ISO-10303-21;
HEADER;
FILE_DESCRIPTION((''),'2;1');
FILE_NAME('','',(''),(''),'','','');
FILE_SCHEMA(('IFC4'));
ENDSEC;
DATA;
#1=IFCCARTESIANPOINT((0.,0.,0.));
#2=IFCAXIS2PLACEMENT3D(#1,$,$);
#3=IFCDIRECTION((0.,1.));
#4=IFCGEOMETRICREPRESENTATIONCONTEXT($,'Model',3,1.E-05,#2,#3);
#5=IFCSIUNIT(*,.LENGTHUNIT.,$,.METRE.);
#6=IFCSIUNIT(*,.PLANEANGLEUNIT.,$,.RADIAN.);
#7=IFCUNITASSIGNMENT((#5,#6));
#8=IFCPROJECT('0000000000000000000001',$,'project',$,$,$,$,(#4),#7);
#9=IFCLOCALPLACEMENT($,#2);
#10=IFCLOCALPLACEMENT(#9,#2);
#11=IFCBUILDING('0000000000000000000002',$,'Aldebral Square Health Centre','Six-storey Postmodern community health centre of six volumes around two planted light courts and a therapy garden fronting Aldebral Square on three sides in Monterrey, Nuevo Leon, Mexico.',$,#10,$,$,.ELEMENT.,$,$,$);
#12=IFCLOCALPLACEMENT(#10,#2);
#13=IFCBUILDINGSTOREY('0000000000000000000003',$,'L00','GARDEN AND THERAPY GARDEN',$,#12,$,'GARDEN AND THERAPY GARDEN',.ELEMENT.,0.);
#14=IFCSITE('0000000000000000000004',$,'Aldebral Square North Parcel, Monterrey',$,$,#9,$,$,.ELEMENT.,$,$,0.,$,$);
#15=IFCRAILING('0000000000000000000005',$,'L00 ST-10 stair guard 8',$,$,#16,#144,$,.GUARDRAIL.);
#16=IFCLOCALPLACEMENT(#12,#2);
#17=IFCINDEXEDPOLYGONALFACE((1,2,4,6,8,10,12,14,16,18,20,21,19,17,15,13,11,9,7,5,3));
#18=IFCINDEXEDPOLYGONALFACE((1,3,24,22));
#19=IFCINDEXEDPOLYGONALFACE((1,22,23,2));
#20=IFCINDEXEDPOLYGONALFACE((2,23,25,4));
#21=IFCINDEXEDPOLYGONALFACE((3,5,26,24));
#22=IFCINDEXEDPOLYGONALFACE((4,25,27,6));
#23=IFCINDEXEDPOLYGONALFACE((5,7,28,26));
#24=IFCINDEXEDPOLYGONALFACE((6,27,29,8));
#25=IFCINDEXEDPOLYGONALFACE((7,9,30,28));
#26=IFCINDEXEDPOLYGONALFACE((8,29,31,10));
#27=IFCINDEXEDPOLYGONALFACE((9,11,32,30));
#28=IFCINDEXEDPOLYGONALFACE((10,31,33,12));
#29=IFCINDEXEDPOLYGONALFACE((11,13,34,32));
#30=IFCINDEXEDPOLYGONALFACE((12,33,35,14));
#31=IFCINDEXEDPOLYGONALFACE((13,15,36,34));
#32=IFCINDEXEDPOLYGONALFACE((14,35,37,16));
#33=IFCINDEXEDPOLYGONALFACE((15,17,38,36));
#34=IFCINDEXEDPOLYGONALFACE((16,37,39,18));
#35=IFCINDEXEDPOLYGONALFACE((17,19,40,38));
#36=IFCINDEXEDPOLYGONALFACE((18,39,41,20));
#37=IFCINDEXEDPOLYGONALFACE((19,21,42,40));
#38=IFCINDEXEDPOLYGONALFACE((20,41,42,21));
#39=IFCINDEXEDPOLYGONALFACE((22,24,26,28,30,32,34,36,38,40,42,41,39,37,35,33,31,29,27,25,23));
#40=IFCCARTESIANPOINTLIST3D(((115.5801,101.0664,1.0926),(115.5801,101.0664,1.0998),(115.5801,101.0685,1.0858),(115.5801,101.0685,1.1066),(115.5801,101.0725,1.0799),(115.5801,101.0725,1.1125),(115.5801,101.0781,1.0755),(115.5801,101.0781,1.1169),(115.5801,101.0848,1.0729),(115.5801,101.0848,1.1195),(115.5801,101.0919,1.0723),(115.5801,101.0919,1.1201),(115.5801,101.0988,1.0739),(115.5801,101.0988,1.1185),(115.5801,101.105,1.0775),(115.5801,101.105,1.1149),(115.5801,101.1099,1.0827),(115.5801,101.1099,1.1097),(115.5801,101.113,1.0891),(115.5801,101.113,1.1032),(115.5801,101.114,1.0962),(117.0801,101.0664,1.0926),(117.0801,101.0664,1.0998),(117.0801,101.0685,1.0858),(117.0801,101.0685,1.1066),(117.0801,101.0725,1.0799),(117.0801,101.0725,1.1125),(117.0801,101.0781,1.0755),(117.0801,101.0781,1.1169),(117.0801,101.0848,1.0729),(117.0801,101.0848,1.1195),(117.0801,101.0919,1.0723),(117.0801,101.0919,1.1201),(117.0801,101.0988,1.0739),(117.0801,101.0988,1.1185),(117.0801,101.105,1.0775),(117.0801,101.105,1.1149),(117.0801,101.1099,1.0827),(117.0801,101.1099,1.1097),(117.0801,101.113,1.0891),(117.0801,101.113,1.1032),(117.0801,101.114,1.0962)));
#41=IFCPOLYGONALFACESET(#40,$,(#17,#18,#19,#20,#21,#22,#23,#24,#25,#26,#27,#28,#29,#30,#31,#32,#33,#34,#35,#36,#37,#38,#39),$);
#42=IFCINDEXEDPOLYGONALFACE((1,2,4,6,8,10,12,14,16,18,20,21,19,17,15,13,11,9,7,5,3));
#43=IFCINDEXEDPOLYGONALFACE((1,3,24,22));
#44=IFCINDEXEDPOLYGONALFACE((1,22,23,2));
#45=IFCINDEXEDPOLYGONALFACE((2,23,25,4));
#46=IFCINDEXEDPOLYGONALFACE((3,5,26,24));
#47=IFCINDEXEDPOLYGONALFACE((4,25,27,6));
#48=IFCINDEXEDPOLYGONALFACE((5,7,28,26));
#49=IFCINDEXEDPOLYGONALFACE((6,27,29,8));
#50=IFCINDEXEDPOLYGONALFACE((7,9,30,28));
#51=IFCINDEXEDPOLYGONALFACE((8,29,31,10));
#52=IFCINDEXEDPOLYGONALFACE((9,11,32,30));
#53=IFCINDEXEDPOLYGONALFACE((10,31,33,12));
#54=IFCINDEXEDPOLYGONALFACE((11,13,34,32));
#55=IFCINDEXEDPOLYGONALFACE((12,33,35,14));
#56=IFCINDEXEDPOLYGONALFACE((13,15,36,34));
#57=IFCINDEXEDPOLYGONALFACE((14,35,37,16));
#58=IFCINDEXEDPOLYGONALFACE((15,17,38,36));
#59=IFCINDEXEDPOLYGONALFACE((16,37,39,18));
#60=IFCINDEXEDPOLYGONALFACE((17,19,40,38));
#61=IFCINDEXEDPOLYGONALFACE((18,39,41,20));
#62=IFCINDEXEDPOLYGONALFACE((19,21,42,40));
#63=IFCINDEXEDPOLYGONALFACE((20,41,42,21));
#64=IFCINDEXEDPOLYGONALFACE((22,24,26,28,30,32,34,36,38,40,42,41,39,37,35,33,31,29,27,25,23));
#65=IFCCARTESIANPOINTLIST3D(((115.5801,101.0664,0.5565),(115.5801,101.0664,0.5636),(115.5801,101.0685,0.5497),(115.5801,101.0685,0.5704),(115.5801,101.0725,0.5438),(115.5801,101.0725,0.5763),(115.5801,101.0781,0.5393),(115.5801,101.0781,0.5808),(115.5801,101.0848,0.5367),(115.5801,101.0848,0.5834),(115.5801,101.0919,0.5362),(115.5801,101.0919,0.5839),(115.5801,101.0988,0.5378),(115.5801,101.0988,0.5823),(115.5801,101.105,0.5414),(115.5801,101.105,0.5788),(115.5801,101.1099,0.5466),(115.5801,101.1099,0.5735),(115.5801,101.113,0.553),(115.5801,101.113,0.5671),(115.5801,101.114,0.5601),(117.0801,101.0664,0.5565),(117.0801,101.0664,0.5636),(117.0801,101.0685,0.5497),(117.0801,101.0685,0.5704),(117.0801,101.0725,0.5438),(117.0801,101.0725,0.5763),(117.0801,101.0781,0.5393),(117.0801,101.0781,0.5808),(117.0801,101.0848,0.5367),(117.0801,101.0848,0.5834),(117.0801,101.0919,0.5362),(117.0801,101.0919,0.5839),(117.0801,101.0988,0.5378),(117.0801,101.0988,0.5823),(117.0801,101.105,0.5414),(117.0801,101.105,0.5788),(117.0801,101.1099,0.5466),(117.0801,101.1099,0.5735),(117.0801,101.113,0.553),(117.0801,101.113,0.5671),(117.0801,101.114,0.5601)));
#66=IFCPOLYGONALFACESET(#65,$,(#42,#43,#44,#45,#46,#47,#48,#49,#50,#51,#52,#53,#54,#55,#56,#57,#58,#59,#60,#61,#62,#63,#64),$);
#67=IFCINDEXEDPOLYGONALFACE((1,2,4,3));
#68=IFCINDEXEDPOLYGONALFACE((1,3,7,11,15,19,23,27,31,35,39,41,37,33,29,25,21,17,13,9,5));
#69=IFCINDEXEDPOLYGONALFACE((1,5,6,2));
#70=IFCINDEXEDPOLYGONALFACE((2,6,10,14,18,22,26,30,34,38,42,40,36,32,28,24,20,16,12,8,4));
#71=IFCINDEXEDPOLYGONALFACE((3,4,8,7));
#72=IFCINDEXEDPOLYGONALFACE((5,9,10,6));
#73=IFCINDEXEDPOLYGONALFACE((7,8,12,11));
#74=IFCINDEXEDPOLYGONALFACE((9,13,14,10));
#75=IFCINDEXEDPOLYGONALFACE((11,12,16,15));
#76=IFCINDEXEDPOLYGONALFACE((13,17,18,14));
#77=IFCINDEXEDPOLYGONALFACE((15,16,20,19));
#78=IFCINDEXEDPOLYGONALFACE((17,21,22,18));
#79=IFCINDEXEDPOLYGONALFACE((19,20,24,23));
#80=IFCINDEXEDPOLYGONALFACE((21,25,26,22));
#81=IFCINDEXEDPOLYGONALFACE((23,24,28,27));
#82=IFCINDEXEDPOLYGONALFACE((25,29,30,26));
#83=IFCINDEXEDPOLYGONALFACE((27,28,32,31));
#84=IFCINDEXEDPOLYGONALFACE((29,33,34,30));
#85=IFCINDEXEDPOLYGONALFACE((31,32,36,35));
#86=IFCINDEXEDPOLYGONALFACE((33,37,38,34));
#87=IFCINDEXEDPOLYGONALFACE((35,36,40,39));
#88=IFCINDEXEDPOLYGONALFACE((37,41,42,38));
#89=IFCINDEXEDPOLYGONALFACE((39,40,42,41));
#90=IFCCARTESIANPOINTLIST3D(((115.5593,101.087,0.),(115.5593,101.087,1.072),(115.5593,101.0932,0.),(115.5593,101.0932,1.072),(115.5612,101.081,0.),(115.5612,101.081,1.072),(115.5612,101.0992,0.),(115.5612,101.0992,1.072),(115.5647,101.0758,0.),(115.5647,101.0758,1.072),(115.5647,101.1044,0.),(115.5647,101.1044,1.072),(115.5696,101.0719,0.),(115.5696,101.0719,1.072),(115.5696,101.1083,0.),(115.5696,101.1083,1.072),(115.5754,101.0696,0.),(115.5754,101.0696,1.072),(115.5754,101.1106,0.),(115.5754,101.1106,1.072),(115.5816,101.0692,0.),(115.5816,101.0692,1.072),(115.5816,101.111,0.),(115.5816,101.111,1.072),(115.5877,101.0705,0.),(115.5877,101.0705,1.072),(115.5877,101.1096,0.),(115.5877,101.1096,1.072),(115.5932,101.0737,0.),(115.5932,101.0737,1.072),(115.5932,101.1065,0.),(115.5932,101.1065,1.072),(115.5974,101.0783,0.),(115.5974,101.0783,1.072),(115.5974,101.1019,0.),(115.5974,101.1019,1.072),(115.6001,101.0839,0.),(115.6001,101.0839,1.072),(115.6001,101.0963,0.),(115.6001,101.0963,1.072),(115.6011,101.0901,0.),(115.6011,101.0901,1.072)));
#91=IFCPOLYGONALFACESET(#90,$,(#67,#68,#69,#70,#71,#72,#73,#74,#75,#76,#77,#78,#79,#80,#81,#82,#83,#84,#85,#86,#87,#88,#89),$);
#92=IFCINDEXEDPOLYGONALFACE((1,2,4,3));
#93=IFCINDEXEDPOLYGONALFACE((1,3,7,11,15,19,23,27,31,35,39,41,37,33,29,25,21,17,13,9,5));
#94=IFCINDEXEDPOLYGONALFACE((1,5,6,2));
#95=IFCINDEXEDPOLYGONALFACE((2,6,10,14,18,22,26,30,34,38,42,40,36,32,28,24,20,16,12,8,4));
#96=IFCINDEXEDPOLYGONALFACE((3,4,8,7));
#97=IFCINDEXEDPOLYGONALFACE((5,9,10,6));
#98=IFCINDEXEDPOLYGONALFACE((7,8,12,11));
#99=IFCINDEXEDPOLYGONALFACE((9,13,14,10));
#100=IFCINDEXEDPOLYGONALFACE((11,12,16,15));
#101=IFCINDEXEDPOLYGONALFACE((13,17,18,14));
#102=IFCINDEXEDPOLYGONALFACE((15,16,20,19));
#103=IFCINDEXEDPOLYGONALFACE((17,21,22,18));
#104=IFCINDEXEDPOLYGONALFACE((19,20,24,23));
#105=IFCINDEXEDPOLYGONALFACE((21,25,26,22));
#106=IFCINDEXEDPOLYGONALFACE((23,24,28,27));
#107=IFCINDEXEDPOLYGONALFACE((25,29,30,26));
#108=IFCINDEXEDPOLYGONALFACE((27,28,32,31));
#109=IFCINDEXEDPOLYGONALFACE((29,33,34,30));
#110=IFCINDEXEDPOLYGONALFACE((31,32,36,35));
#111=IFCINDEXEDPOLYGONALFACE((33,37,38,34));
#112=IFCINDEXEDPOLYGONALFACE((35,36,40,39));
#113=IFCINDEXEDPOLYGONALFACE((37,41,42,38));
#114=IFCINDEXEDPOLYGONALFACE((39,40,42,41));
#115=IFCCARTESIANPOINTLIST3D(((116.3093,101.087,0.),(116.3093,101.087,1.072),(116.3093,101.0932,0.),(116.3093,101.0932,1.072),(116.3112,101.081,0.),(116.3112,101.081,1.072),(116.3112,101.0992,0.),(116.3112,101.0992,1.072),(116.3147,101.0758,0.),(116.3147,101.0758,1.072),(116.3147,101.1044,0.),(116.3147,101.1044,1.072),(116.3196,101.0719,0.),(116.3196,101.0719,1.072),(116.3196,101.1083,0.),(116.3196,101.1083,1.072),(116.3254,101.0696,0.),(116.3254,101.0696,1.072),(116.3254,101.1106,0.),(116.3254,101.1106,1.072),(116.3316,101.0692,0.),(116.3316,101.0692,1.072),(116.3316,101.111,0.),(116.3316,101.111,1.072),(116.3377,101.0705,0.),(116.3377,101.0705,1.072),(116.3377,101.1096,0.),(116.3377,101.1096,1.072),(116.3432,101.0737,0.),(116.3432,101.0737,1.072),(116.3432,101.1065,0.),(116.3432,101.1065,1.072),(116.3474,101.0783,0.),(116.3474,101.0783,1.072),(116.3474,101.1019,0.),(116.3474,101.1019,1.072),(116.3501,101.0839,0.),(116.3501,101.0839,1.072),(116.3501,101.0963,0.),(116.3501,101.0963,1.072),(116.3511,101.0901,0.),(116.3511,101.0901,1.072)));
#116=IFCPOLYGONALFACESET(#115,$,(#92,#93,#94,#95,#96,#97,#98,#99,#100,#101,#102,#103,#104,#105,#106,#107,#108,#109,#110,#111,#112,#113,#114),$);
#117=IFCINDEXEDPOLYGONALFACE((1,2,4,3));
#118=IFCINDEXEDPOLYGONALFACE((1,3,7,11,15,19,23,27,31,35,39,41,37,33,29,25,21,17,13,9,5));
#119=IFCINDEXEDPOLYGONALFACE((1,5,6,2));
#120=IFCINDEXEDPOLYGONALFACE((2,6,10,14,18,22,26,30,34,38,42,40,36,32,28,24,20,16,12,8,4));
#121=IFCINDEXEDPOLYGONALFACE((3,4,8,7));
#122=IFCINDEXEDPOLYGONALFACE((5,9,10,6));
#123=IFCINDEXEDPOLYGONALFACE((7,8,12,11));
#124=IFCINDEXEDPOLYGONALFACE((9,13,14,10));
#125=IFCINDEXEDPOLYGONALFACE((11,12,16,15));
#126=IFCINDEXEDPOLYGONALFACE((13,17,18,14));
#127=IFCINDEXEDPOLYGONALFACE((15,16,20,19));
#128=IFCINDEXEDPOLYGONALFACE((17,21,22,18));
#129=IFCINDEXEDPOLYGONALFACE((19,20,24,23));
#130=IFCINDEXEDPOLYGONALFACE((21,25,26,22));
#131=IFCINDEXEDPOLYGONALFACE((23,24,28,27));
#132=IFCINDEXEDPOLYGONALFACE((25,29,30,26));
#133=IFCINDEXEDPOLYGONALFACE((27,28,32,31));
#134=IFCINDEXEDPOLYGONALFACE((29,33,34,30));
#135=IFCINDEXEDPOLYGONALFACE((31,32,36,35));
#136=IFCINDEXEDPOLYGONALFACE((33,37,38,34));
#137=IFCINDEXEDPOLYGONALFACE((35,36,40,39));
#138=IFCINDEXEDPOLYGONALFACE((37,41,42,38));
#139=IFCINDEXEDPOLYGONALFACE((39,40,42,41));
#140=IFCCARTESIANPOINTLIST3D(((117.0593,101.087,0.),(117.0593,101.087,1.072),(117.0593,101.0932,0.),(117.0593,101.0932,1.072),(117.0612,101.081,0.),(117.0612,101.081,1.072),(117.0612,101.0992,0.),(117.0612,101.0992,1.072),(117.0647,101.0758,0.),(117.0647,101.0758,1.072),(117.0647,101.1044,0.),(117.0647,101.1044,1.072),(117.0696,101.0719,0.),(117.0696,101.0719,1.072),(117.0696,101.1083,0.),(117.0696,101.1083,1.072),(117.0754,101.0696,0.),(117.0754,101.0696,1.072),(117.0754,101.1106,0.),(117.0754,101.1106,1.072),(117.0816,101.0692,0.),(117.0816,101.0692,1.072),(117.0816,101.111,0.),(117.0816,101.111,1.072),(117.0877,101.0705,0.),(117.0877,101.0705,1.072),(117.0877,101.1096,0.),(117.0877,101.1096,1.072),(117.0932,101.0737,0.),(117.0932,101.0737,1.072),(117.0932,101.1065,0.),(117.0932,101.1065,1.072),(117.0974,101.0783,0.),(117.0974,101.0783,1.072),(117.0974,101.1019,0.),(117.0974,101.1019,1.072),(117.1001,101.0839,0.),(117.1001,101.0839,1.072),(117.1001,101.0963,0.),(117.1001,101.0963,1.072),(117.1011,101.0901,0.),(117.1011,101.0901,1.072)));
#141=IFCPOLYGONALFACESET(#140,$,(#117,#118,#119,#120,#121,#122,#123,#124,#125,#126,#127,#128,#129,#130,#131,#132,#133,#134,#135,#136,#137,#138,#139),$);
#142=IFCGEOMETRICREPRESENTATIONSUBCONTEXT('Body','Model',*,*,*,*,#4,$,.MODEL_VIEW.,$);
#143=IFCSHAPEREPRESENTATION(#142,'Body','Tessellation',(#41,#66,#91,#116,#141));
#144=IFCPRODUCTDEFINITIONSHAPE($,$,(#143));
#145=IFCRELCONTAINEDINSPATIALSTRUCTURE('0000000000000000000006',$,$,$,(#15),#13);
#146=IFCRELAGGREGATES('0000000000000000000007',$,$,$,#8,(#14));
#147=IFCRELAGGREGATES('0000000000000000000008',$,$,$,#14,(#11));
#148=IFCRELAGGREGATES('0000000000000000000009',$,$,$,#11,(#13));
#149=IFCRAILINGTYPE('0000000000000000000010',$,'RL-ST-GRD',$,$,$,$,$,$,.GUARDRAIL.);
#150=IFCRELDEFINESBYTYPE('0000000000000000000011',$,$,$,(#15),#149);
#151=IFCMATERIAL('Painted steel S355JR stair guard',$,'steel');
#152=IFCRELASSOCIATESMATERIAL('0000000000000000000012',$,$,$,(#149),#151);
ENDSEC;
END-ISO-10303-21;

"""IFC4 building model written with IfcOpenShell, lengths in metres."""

from ifc_helpers import new_model, si_unit, direction, frame, origin, origin_2d, place, context, subcontext, project, spatial, circle, extrude, material, type_object, element, save


model = new_model("IFC4")

# Units and contexts
model_context = context("Model", 3, precision=1e-05, world=origin(), true_north=direction((0.0, 1.0)))
body_context = subcontext(model_context, "Body", "Model", "MODEL_VIEW")
ifc_project = project(units=[si_unit("LENGTHUNIT", "METRE"), si_unit("PLANEANGLEUNIT", "RADIAN")], contexts=[model_context])

# Site, building, storey
site_placement = place(None, origin())
site = spatial("IfcSite", under=ifc_project, at=site_placement, Name="Aldebral Square North Parcel, Monterrey", CompositionType="ELEMENT", RefElevation=0.0)
building_placement = place(site_placement, origin())
building = spatial("IfcBuilding", under=site, at=building_placement, Name="Aldebral Square Health Centre", Description="Six-storey Postmodern community health centre of six volumes around two planted light courts and a therapy garden fronting Aldebral Square on three sides in Monterrey, Nuevo Leon, Mexico.", CompositionType="ELEMENT")
storey_placement = place(building_placement, origin())
storey = spatial("IfcBuildingStorey", under=building, at=storey_placement, Name="L00", Description="GARDEN AND THERAPY GARDEN", LongName="GARDEN AND THERAPY GARDEN", CompositionType="ELEMENT", Elevation=0.0)

# Railing
ifc_material_1 = material(Name="Painted steel S355JR stair guard", Category="steel")
railing_type = type_object("IfcRailingType", Name="RL-ST-GRD", PredefinedType="GUARDRAIL", material=ifc_material_1)
railing_placement = place(storey_placement, frame((115.5801, 101.0901, 0.0)))
element("IfcRailing", 1, at=railing_placement, inside=storey, type_object=railing_type, Name="L00 ST-10 stair guard 8", PredefinedType="GUARDRAIL", context=body_context, shape_type="SweptSolid", body=[
    extrude(circle(Radius=0.0239, at=origin_2d()), frame((0.0, 0.0, 1.0962), z_axis=(1.0, 0.0, 0.0), x_axis=(0.0, 1.0, 0.0)), (0.0, 0.0, 1.0), 1.5),
    extrude(circle(Radius=0.0239, at=origin_2d()), frame((0.0, 0.0, 0.5601), z_axis=(1.0, 0.0, 0.0), x_axis=(0.0, 1.0, 0.0)), (0.0, 0.0, 1.0), 1.5),
    extrude(circle(Radius=0.021, at=origin_2d()), origin(), (0.0, 0.0, 1.0), 1.072),
    extrude(circle(Radius=0.021, at=origin_2d()), frame((0.75, 0.0, 0.0)), (0.0, 0.0, 1.0), 1.072),
    extrude(circle(Radius=0.021, at=origin_2d()), frame((1.5, 0.0, 0.0)), (0.0, 0.0, 1.0), 1.072),
])

save(model, "model.ifc")
